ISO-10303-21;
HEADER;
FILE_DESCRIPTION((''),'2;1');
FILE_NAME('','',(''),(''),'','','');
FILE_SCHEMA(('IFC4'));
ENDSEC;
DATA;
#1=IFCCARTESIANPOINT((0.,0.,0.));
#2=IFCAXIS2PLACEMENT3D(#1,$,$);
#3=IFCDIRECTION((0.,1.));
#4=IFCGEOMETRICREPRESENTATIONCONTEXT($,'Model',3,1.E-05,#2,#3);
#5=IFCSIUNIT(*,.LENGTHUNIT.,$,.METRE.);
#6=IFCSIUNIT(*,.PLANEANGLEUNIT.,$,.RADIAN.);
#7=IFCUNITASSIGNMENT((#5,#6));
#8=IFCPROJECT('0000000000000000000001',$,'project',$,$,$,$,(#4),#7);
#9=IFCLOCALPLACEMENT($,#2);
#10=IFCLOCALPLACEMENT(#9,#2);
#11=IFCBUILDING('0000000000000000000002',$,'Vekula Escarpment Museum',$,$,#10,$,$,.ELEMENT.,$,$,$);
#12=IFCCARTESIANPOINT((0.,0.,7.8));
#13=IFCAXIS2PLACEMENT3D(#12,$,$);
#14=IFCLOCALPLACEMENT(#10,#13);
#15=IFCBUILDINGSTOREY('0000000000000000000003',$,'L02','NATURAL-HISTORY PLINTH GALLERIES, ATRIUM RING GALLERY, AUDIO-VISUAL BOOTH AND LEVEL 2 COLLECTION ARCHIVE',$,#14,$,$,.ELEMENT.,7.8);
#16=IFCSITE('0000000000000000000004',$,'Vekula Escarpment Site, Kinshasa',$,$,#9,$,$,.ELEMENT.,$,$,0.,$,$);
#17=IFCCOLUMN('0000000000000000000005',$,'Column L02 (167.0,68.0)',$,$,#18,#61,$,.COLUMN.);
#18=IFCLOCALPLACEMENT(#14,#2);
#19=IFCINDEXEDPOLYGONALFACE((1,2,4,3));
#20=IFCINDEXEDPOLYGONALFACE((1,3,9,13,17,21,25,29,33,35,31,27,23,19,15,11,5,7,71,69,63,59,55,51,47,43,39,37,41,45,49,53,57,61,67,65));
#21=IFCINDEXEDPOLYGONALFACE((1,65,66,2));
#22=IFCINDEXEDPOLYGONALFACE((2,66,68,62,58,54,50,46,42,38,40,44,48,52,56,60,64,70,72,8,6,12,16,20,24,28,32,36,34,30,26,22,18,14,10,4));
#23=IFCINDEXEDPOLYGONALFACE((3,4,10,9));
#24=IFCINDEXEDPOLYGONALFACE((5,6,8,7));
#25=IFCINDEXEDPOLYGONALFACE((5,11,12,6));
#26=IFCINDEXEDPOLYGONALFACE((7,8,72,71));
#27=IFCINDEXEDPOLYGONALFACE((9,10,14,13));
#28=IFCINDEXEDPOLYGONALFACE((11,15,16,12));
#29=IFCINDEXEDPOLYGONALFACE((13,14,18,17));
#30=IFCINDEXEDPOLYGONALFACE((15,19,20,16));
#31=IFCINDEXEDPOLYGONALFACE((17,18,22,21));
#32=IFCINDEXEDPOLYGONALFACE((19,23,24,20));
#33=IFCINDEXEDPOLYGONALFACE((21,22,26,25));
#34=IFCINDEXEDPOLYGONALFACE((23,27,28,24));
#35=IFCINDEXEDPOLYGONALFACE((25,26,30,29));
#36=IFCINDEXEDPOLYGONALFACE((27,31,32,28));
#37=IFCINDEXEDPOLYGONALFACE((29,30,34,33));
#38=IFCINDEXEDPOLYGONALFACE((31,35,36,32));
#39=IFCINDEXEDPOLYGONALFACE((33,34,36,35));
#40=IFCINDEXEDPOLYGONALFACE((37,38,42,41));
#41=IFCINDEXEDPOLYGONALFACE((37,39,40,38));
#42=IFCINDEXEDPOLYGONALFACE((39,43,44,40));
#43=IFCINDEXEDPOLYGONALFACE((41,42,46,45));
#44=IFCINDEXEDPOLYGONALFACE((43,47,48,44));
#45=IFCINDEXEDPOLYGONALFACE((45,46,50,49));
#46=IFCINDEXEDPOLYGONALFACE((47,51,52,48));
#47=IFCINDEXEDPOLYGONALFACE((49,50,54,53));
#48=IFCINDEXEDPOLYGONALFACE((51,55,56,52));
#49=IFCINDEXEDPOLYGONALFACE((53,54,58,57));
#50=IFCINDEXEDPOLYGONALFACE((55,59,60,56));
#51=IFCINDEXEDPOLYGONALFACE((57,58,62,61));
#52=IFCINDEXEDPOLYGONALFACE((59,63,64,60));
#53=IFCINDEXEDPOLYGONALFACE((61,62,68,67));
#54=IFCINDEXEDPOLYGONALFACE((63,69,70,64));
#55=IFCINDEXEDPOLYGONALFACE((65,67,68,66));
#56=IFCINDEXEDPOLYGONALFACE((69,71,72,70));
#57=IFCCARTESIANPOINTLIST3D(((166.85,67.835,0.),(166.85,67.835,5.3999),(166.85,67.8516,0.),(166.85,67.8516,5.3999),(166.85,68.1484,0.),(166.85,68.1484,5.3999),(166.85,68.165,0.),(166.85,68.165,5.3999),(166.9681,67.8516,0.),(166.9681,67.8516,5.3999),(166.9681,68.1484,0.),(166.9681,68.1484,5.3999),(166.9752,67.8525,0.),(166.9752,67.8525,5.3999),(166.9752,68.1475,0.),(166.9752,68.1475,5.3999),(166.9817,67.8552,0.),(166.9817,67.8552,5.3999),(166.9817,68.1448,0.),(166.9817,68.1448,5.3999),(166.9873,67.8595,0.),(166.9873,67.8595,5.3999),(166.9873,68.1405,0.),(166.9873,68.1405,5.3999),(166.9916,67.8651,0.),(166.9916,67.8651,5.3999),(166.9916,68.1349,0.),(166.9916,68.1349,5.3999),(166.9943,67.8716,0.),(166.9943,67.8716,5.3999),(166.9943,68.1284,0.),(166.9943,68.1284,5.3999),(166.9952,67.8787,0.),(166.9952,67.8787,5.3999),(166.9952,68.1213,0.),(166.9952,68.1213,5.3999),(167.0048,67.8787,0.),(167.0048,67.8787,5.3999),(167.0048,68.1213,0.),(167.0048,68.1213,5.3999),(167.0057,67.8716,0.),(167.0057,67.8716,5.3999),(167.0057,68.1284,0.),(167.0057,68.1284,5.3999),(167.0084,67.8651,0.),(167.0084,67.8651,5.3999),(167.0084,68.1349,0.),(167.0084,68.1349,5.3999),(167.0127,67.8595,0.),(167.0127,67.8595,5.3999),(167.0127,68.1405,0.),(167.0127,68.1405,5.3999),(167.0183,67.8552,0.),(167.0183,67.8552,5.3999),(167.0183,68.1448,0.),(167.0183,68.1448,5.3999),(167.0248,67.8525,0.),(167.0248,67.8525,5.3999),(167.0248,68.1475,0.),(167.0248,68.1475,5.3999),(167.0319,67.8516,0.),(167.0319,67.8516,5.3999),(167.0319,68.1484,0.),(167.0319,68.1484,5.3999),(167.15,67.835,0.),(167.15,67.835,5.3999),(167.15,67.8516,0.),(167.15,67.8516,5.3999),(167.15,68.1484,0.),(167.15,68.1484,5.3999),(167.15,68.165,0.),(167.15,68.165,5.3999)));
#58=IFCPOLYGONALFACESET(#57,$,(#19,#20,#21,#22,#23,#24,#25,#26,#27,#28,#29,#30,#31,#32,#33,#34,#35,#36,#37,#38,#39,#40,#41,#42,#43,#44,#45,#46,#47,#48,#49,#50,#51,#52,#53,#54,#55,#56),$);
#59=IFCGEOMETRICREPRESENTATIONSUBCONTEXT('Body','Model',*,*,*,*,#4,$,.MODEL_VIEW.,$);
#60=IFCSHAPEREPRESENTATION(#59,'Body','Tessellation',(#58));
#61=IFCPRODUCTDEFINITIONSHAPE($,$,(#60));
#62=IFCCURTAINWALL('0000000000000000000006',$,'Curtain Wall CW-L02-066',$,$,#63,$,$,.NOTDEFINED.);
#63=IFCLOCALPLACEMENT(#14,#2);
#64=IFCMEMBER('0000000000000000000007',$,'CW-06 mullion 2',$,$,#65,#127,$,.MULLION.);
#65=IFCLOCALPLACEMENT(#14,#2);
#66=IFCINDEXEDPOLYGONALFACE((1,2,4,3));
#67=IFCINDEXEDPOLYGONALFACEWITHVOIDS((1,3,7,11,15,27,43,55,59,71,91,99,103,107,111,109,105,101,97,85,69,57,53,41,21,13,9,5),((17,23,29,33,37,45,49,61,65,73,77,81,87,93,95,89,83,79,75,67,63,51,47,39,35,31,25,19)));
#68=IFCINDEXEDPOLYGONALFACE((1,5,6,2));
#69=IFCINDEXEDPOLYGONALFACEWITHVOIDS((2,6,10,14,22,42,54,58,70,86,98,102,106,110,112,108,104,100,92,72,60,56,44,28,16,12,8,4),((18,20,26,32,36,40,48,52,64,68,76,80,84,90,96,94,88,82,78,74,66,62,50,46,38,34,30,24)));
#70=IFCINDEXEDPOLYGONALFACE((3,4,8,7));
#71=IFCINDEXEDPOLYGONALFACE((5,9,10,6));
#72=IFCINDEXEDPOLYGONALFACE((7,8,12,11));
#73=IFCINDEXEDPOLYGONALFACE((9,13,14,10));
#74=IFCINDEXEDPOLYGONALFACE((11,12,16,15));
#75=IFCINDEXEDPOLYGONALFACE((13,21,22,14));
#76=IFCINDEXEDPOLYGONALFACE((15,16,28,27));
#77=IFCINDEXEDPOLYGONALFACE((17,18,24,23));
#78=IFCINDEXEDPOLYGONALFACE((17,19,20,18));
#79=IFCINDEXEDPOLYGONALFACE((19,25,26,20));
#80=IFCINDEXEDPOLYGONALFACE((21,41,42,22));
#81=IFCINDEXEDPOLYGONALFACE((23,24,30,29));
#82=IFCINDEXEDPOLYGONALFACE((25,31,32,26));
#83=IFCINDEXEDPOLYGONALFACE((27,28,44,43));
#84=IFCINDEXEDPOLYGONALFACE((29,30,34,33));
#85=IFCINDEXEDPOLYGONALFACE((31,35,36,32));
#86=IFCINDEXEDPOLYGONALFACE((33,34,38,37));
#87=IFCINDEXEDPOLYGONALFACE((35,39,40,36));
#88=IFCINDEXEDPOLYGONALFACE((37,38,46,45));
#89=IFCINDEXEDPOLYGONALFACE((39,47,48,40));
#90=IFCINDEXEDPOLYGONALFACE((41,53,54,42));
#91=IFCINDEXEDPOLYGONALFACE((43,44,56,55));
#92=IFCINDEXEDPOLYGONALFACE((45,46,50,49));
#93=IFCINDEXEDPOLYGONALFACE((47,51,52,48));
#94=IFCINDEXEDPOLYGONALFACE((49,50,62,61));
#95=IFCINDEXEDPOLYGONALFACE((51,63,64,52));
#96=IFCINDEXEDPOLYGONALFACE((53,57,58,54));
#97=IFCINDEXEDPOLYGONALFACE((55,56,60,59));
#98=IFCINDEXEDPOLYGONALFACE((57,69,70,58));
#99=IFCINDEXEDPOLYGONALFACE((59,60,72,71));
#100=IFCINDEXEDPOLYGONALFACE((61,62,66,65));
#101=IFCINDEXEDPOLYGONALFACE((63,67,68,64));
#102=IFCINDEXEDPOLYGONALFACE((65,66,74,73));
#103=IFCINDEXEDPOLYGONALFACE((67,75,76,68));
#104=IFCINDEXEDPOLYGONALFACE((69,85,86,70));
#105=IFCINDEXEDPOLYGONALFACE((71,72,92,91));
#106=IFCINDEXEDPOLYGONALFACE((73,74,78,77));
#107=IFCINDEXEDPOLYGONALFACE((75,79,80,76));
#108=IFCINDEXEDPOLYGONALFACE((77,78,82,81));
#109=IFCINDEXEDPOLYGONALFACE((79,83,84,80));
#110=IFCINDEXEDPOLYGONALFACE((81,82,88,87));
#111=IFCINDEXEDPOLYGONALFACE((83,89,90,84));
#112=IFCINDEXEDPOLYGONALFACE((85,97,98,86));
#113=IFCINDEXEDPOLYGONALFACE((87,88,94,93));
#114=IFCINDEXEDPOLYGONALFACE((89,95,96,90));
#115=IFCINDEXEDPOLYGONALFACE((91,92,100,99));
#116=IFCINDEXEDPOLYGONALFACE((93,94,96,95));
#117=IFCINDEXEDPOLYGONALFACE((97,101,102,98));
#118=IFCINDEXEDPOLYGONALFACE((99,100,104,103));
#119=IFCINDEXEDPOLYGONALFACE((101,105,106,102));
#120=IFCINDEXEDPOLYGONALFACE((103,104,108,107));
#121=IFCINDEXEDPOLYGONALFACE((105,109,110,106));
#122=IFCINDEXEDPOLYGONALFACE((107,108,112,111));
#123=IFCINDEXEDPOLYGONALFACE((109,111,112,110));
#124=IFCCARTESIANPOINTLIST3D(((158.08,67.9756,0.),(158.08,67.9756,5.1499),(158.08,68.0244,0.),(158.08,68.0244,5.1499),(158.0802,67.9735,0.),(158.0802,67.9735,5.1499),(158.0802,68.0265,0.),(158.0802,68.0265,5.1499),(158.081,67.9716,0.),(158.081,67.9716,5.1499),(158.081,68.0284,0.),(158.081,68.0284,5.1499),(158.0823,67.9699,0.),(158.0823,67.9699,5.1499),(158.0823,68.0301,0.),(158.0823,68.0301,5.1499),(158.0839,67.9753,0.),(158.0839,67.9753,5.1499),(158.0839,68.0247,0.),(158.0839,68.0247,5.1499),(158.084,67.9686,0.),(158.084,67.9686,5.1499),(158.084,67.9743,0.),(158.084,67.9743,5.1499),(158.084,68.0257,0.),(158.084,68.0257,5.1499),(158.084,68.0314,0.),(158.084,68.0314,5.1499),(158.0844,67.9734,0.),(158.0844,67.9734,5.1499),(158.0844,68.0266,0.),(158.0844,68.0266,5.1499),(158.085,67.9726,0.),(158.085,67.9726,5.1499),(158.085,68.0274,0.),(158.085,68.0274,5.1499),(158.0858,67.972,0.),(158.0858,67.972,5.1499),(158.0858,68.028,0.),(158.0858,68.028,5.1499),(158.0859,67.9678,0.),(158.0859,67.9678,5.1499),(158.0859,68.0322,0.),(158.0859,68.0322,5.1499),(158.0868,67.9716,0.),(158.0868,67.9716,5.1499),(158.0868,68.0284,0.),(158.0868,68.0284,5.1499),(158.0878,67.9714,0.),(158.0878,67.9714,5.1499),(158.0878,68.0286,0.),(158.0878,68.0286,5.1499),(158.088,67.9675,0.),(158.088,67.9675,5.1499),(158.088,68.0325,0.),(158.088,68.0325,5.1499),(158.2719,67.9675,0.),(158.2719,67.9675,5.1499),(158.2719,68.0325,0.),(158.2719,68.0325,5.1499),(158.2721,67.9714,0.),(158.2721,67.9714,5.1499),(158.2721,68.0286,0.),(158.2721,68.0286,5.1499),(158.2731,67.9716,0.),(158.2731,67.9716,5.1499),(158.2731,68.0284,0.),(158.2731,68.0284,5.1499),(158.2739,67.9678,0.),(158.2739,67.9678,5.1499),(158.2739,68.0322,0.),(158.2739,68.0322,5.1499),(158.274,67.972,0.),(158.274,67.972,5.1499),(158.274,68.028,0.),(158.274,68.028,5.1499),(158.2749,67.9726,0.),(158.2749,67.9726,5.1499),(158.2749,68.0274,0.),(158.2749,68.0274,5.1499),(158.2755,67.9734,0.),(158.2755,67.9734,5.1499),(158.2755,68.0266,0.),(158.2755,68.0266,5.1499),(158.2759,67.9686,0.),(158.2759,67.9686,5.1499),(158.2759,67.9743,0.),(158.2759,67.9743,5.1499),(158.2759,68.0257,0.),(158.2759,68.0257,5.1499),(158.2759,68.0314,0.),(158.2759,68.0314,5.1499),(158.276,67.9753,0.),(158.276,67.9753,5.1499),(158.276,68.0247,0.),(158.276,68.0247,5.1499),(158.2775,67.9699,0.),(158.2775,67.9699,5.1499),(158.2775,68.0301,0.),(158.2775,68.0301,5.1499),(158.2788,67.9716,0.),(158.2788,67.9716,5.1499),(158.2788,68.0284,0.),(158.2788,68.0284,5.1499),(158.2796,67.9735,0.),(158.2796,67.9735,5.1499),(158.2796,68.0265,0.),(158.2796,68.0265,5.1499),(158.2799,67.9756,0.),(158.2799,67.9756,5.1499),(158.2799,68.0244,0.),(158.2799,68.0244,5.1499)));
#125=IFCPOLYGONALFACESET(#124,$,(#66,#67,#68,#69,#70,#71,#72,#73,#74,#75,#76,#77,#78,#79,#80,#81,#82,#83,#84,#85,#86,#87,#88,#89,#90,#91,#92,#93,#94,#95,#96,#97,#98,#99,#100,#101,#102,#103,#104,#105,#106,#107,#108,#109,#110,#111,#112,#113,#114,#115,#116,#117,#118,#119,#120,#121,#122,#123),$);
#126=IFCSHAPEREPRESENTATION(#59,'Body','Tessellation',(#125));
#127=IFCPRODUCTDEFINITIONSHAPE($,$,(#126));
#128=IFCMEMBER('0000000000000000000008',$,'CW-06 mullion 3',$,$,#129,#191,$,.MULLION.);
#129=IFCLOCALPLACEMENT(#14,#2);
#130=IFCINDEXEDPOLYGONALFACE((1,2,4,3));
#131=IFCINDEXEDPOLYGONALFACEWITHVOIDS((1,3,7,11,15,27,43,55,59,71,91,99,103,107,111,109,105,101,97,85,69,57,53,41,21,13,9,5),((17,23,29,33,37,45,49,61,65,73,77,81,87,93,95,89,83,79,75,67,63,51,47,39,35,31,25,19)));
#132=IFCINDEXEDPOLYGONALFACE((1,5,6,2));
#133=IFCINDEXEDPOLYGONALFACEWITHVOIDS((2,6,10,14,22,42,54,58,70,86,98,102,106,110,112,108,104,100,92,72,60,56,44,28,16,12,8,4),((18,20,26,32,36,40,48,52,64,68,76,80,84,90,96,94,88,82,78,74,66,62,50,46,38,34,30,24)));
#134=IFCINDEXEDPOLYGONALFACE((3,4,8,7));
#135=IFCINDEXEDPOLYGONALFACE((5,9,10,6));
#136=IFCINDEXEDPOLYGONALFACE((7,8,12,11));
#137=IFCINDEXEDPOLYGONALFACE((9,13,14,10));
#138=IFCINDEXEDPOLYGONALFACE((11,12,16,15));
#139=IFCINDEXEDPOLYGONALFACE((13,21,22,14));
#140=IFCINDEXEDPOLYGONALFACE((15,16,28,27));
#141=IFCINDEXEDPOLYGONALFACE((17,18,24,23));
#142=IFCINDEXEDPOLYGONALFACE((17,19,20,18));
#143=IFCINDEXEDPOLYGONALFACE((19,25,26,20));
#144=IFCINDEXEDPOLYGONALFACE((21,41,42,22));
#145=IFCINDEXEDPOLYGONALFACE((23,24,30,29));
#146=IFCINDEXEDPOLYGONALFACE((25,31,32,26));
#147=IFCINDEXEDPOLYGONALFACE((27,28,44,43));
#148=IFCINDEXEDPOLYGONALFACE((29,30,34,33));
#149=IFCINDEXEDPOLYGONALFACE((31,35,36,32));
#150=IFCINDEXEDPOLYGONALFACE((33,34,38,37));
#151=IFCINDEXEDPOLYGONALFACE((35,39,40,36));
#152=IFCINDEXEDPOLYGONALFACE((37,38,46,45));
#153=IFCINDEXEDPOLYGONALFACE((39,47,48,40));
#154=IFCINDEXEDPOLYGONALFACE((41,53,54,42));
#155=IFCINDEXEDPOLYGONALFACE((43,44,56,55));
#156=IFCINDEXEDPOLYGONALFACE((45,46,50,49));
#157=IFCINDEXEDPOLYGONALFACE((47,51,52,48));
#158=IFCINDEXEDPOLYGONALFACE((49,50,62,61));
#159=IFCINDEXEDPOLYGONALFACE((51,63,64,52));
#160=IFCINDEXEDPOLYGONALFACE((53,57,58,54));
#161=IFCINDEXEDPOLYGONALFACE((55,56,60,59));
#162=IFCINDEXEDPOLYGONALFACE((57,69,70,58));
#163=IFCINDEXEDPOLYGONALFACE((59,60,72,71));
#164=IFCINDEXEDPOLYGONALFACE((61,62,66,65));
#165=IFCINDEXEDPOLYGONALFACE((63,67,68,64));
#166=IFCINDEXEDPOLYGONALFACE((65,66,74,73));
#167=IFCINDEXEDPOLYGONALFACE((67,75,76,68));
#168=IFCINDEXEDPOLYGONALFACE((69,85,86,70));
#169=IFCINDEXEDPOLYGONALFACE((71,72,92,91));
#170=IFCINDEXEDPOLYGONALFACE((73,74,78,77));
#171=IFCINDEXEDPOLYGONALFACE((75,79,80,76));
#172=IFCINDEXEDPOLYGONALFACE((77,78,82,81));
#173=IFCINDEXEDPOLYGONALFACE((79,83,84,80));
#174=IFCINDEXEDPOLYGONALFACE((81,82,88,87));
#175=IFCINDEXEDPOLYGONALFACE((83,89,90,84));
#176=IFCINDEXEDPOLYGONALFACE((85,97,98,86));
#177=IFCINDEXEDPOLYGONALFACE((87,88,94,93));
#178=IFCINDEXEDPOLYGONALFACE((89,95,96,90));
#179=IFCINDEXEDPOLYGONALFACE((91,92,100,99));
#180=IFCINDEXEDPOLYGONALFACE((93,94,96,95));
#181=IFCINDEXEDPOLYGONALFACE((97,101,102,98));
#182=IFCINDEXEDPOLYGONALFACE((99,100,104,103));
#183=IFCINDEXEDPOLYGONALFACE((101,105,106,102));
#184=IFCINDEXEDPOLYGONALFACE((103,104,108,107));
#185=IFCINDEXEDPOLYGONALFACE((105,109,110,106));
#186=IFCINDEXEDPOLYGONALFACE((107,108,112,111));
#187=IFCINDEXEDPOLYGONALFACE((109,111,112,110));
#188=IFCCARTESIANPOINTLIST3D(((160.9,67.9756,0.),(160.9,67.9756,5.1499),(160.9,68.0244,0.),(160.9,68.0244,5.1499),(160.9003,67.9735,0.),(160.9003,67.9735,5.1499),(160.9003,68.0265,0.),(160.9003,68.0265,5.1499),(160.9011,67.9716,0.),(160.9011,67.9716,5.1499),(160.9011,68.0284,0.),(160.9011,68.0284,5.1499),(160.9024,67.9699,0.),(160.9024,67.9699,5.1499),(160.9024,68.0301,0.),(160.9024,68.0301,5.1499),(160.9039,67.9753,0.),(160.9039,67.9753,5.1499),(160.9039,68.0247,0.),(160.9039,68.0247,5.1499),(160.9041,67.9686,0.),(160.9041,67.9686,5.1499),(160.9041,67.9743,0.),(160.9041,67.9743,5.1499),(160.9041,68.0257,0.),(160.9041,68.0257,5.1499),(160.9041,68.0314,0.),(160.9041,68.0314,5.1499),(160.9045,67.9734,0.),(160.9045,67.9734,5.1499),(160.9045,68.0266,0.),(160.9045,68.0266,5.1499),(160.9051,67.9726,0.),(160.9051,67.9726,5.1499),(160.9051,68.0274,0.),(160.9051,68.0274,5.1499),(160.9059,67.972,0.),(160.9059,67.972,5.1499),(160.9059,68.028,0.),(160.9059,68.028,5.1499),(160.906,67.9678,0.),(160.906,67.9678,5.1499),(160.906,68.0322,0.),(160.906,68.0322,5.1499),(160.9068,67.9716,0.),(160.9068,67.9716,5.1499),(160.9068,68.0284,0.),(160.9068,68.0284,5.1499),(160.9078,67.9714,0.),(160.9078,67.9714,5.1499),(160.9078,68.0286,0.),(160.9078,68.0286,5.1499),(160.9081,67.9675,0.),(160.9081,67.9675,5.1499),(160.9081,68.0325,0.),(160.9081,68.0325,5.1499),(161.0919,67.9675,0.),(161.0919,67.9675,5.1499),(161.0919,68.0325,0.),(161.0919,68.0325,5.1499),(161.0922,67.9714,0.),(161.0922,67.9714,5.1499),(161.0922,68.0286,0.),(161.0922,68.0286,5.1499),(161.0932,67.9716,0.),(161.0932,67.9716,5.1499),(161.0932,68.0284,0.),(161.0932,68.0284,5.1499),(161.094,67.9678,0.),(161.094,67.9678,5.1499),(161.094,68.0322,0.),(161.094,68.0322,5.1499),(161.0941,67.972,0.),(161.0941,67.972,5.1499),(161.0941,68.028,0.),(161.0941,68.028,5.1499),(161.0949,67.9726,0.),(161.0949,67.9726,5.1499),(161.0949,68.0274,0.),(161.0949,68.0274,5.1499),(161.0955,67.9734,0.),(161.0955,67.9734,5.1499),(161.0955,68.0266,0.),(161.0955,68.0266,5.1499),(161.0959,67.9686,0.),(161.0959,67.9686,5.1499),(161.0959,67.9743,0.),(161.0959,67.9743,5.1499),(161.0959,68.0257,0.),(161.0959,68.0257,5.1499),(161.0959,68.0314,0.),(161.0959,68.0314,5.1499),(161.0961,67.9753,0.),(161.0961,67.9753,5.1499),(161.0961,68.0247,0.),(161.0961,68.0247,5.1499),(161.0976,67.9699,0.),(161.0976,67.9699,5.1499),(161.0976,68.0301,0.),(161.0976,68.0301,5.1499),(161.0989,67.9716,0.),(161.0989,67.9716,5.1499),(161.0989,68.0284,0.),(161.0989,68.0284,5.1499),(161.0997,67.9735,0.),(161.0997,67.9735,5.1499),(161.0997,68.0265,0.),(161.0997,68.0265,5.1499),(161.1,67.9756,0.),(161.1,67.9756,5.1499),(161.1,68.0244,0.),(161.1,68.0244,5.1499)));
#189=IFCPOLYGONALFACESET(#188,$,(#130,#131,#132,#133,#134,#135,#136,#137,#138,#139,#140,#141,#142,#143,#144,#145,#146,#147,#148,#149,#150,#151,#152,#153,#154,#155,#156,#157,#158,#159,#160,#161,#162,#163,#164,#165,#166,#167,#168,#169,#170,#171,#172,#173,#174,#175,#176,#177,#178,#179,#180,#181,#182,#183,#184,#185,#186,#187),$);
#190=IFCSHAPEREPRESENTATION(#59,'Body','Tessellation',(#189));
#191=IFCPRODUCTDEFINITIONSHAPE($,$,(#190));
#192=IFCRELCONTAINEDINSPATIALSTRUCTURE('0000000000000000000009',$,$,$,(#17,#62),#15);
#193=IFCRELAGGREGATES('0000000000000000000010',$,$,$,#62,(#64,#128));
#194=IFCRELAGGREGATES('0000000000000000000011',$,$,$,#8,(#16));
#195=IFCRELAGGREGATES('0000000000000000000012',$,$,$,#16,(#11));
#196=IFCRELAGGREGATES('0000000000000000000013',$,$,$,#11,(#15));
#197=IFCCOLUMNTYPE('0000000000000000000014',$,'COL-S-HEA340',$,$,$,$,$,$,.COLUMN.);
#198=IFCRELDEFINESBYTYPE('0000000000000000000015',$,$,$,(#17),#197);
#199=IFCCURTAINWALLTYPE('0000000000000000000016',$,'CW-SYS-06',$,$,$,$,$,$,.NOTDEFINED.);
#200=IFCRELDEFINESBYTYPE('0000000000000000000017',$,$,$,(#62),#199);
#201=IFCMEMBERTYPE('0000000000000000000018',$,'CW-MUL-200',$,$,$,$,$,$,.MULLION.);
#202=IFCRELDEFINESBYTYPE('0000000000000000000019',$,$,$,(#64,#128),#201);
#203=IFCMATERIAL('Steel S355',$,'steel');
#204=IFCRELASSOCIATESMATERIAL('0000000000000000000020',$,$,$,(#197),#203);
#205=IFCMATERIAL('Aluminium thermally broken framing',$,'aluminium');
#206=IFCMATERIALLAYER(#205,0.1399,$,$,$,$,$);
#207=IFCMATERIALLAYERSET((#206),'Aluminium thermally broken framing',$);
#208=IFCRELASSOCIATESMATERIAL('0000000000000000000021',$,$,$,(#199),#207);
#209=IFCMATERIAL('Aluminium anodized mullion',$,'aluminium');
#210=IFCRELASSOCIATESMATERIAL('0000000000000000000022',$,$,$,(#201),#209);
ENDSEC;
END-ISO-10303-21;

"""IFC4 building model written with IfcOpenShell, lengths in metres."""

from ifc_helpers import new_model, si_unit, direction, frame, origin, origin_2d, place, context, subcontext, project, spatial, hollow_rectangle, i_section, extrude, material, layer, layer_set, material_profile, profile_set, type_object, element, aggregate, save


model = new_model("IFC4")

# Units and contexts
model_context = context("Model", 3, precision=1e-05, world=origin(), true_north=direction((0.0, 1.0)))
body_context = subcontext(model_context, "Body", "Model", "MODEL_VIEW")
ifc_project = project(units=[si_unit("LENGTHUNIT", "METRE"), si_unit("PLANEANGLEUNIT", "RADIAN")], contexts=[model_context])

# Site, building, storey
site_placement = place(None, origin())
site = spatial("IfcSite", under=ifc_project, at=site_placement, Name="Vekula Escarpment Site, Kinshasa", CompositionType="ELEMENT", RefElevation=0.0)
building_placement = place(site_placement, origin())
building = spatial("IfcBuilding", under=site, at=building_placement, Name="Vekula Escarpment Museum", CompositionType="ELEMENT")
storey_placement = place(building_placement, frame((0.0, 0.0, 7.8)))
storey = spatial("IfcBuildingStorey", under=building, at=storey_placement, Name="L02", Description="NATURAL-HISTORY PLINTH GALLERIES, ATRIUM RING GALLERY, AUDIO-VISUAL BOOTH AND LEVEL 2 COLLECTION ARCHIVE", CompositionType="ELEMENT", Elevation=7.8)

# Column
ifc_material_1 = material(Name="Steel S355", Category="steel")
ifc_material_profile_1 = material_profile(ifc_material_1, i_section(OverallWidth=0.3, OverallDepth=0.3301, WebThickness=0.0095, FlangeThickness=0.0166, FilletRadius=0.0271, at=origin_2d()), Name="HEA 340")
ifc_profile_set_1 = profile_set([ifc_material_profile_1], Name="Steel S355")
column_type = type_object("IfcColumnType", Name="COL-S-HEA340", PredefinedType="COLUMN", material=ifc_profile_set_1)
column_placement = place(storey_placement, frame((167.0, 68.0, 0.0), z_axis=(0.0, 0.0, 1.0), x_axis=(1.0, 0.0, 0.0)))
element("IfcColumn", 1, at=column_placement, inside=storey, type_object=column_type, Name="Column L02 (167.0,68.0)", PredefinedType="COLUMN", context=body_context, shape_type="SweptSolid", body=[
    extrude(i_section(OverallWidth=0.3, OverallDepth=0.3301, WebThickness=0.0095, FlangeThickness=0.0166, FilletRadius=0.0271, at=origin_2d()), origin(), (0.0, 0.0, 1.0), 5.3999),
])

# Curtain wall, members
ifc_material_2 = material(Name="Aluminium thermally broken framing", Category="aluminium")
ifc_layer_1 = layer(ifc_material_2, 0.1399)
ifc_layer_set_1 = layer_set([ifc_layer_1], Name="Aluminium thermally broken framing")
curtain_wall_type_1 = type_object("IfcCurtainWallType", Name="CW-SYS-06", PredefinedType="NOTDEFINED", material=ifc_layer_set_1)
curtain_wall_1_placement = place(storey_placement, origin())
curtain_wall_1 = element("IfcCurtainWall", 2, at=curtain_wall_1_placement, inside=storey, type_object=curtain_wall_type_1, Name="Curtain Wall CW-L02-066", PredefinedType="NOTDEFINED")
ifc_material_3 = material(Name="Aluminium anodized mullion", Category="aluminium")
ifc_material_profile_2 = material_profile(ifc_material_3, hollow_rectangle(XDim=0.0649, YDim=0.2, WallThickness=0.0039, InnerFilletRadius=0.0039, OuterFilletRadius=0.0081, at=origin_2d()), Name="ALU 200x65x4")
ifc_profile_set_2 = profile_set([ifc_material_profile_2], Name="Aluminium anodized mullion")
member_type_1 = type_object("IfcMemberType", Name="CW-MUL-200", PredefinedType="MULLION", material=ifc_profile_set_2)
member_1_placement = place(storey_placement, frame((158.1799, 68.0, 0.0), z_axis=(0.0, 0.0, 1.0), x_axis=(0.0, 1.0, 0.0)))
member_1 = element("IfcMember", 3, at=member_1_placement, type_object=member_type_1, Name="CW-06 mullion 2", PredefinedType="MULLION", context=body_context, shape_type="SweptSolid", body=[
    extrude(hollow_rectangle(XDim=0.0649, YDim=0.2, WallThickness=0.0039, InnerFilletRadius=0.0039, OuterFilletRadius=0.0081, at=origin_2d()), origin(), (0.0, 0.0, 1.0), 5.1499),
])
member_2_placement = place(storey_placement, frame((161.0, 68.0, 0.0), z_axis=(0.0, 0.0, 1.0), x_axis=(0.0, 1.0, 0.0)))
member_2 = element("IfcMember", 4, at=member_2_placement, type_object=member_type_1, Name="CW-06 mullion 3", PredefinedType="MULLION", context=body_context, shape_type="SweptSolid", body=[
    extrude(hollow_rectangle(XDim=0.0649, YDim=0.2, WallThickness=0.0039, InnerFilletRadius=0.0039, OuterFilletRadius=0.0081, at=origin_2d()), origin(), (0.0, 0.0, 1.0), 5.1499),
])

aggregate(curtain_wall_1, [member_1, member_2])

save(model, "model.ifc")
